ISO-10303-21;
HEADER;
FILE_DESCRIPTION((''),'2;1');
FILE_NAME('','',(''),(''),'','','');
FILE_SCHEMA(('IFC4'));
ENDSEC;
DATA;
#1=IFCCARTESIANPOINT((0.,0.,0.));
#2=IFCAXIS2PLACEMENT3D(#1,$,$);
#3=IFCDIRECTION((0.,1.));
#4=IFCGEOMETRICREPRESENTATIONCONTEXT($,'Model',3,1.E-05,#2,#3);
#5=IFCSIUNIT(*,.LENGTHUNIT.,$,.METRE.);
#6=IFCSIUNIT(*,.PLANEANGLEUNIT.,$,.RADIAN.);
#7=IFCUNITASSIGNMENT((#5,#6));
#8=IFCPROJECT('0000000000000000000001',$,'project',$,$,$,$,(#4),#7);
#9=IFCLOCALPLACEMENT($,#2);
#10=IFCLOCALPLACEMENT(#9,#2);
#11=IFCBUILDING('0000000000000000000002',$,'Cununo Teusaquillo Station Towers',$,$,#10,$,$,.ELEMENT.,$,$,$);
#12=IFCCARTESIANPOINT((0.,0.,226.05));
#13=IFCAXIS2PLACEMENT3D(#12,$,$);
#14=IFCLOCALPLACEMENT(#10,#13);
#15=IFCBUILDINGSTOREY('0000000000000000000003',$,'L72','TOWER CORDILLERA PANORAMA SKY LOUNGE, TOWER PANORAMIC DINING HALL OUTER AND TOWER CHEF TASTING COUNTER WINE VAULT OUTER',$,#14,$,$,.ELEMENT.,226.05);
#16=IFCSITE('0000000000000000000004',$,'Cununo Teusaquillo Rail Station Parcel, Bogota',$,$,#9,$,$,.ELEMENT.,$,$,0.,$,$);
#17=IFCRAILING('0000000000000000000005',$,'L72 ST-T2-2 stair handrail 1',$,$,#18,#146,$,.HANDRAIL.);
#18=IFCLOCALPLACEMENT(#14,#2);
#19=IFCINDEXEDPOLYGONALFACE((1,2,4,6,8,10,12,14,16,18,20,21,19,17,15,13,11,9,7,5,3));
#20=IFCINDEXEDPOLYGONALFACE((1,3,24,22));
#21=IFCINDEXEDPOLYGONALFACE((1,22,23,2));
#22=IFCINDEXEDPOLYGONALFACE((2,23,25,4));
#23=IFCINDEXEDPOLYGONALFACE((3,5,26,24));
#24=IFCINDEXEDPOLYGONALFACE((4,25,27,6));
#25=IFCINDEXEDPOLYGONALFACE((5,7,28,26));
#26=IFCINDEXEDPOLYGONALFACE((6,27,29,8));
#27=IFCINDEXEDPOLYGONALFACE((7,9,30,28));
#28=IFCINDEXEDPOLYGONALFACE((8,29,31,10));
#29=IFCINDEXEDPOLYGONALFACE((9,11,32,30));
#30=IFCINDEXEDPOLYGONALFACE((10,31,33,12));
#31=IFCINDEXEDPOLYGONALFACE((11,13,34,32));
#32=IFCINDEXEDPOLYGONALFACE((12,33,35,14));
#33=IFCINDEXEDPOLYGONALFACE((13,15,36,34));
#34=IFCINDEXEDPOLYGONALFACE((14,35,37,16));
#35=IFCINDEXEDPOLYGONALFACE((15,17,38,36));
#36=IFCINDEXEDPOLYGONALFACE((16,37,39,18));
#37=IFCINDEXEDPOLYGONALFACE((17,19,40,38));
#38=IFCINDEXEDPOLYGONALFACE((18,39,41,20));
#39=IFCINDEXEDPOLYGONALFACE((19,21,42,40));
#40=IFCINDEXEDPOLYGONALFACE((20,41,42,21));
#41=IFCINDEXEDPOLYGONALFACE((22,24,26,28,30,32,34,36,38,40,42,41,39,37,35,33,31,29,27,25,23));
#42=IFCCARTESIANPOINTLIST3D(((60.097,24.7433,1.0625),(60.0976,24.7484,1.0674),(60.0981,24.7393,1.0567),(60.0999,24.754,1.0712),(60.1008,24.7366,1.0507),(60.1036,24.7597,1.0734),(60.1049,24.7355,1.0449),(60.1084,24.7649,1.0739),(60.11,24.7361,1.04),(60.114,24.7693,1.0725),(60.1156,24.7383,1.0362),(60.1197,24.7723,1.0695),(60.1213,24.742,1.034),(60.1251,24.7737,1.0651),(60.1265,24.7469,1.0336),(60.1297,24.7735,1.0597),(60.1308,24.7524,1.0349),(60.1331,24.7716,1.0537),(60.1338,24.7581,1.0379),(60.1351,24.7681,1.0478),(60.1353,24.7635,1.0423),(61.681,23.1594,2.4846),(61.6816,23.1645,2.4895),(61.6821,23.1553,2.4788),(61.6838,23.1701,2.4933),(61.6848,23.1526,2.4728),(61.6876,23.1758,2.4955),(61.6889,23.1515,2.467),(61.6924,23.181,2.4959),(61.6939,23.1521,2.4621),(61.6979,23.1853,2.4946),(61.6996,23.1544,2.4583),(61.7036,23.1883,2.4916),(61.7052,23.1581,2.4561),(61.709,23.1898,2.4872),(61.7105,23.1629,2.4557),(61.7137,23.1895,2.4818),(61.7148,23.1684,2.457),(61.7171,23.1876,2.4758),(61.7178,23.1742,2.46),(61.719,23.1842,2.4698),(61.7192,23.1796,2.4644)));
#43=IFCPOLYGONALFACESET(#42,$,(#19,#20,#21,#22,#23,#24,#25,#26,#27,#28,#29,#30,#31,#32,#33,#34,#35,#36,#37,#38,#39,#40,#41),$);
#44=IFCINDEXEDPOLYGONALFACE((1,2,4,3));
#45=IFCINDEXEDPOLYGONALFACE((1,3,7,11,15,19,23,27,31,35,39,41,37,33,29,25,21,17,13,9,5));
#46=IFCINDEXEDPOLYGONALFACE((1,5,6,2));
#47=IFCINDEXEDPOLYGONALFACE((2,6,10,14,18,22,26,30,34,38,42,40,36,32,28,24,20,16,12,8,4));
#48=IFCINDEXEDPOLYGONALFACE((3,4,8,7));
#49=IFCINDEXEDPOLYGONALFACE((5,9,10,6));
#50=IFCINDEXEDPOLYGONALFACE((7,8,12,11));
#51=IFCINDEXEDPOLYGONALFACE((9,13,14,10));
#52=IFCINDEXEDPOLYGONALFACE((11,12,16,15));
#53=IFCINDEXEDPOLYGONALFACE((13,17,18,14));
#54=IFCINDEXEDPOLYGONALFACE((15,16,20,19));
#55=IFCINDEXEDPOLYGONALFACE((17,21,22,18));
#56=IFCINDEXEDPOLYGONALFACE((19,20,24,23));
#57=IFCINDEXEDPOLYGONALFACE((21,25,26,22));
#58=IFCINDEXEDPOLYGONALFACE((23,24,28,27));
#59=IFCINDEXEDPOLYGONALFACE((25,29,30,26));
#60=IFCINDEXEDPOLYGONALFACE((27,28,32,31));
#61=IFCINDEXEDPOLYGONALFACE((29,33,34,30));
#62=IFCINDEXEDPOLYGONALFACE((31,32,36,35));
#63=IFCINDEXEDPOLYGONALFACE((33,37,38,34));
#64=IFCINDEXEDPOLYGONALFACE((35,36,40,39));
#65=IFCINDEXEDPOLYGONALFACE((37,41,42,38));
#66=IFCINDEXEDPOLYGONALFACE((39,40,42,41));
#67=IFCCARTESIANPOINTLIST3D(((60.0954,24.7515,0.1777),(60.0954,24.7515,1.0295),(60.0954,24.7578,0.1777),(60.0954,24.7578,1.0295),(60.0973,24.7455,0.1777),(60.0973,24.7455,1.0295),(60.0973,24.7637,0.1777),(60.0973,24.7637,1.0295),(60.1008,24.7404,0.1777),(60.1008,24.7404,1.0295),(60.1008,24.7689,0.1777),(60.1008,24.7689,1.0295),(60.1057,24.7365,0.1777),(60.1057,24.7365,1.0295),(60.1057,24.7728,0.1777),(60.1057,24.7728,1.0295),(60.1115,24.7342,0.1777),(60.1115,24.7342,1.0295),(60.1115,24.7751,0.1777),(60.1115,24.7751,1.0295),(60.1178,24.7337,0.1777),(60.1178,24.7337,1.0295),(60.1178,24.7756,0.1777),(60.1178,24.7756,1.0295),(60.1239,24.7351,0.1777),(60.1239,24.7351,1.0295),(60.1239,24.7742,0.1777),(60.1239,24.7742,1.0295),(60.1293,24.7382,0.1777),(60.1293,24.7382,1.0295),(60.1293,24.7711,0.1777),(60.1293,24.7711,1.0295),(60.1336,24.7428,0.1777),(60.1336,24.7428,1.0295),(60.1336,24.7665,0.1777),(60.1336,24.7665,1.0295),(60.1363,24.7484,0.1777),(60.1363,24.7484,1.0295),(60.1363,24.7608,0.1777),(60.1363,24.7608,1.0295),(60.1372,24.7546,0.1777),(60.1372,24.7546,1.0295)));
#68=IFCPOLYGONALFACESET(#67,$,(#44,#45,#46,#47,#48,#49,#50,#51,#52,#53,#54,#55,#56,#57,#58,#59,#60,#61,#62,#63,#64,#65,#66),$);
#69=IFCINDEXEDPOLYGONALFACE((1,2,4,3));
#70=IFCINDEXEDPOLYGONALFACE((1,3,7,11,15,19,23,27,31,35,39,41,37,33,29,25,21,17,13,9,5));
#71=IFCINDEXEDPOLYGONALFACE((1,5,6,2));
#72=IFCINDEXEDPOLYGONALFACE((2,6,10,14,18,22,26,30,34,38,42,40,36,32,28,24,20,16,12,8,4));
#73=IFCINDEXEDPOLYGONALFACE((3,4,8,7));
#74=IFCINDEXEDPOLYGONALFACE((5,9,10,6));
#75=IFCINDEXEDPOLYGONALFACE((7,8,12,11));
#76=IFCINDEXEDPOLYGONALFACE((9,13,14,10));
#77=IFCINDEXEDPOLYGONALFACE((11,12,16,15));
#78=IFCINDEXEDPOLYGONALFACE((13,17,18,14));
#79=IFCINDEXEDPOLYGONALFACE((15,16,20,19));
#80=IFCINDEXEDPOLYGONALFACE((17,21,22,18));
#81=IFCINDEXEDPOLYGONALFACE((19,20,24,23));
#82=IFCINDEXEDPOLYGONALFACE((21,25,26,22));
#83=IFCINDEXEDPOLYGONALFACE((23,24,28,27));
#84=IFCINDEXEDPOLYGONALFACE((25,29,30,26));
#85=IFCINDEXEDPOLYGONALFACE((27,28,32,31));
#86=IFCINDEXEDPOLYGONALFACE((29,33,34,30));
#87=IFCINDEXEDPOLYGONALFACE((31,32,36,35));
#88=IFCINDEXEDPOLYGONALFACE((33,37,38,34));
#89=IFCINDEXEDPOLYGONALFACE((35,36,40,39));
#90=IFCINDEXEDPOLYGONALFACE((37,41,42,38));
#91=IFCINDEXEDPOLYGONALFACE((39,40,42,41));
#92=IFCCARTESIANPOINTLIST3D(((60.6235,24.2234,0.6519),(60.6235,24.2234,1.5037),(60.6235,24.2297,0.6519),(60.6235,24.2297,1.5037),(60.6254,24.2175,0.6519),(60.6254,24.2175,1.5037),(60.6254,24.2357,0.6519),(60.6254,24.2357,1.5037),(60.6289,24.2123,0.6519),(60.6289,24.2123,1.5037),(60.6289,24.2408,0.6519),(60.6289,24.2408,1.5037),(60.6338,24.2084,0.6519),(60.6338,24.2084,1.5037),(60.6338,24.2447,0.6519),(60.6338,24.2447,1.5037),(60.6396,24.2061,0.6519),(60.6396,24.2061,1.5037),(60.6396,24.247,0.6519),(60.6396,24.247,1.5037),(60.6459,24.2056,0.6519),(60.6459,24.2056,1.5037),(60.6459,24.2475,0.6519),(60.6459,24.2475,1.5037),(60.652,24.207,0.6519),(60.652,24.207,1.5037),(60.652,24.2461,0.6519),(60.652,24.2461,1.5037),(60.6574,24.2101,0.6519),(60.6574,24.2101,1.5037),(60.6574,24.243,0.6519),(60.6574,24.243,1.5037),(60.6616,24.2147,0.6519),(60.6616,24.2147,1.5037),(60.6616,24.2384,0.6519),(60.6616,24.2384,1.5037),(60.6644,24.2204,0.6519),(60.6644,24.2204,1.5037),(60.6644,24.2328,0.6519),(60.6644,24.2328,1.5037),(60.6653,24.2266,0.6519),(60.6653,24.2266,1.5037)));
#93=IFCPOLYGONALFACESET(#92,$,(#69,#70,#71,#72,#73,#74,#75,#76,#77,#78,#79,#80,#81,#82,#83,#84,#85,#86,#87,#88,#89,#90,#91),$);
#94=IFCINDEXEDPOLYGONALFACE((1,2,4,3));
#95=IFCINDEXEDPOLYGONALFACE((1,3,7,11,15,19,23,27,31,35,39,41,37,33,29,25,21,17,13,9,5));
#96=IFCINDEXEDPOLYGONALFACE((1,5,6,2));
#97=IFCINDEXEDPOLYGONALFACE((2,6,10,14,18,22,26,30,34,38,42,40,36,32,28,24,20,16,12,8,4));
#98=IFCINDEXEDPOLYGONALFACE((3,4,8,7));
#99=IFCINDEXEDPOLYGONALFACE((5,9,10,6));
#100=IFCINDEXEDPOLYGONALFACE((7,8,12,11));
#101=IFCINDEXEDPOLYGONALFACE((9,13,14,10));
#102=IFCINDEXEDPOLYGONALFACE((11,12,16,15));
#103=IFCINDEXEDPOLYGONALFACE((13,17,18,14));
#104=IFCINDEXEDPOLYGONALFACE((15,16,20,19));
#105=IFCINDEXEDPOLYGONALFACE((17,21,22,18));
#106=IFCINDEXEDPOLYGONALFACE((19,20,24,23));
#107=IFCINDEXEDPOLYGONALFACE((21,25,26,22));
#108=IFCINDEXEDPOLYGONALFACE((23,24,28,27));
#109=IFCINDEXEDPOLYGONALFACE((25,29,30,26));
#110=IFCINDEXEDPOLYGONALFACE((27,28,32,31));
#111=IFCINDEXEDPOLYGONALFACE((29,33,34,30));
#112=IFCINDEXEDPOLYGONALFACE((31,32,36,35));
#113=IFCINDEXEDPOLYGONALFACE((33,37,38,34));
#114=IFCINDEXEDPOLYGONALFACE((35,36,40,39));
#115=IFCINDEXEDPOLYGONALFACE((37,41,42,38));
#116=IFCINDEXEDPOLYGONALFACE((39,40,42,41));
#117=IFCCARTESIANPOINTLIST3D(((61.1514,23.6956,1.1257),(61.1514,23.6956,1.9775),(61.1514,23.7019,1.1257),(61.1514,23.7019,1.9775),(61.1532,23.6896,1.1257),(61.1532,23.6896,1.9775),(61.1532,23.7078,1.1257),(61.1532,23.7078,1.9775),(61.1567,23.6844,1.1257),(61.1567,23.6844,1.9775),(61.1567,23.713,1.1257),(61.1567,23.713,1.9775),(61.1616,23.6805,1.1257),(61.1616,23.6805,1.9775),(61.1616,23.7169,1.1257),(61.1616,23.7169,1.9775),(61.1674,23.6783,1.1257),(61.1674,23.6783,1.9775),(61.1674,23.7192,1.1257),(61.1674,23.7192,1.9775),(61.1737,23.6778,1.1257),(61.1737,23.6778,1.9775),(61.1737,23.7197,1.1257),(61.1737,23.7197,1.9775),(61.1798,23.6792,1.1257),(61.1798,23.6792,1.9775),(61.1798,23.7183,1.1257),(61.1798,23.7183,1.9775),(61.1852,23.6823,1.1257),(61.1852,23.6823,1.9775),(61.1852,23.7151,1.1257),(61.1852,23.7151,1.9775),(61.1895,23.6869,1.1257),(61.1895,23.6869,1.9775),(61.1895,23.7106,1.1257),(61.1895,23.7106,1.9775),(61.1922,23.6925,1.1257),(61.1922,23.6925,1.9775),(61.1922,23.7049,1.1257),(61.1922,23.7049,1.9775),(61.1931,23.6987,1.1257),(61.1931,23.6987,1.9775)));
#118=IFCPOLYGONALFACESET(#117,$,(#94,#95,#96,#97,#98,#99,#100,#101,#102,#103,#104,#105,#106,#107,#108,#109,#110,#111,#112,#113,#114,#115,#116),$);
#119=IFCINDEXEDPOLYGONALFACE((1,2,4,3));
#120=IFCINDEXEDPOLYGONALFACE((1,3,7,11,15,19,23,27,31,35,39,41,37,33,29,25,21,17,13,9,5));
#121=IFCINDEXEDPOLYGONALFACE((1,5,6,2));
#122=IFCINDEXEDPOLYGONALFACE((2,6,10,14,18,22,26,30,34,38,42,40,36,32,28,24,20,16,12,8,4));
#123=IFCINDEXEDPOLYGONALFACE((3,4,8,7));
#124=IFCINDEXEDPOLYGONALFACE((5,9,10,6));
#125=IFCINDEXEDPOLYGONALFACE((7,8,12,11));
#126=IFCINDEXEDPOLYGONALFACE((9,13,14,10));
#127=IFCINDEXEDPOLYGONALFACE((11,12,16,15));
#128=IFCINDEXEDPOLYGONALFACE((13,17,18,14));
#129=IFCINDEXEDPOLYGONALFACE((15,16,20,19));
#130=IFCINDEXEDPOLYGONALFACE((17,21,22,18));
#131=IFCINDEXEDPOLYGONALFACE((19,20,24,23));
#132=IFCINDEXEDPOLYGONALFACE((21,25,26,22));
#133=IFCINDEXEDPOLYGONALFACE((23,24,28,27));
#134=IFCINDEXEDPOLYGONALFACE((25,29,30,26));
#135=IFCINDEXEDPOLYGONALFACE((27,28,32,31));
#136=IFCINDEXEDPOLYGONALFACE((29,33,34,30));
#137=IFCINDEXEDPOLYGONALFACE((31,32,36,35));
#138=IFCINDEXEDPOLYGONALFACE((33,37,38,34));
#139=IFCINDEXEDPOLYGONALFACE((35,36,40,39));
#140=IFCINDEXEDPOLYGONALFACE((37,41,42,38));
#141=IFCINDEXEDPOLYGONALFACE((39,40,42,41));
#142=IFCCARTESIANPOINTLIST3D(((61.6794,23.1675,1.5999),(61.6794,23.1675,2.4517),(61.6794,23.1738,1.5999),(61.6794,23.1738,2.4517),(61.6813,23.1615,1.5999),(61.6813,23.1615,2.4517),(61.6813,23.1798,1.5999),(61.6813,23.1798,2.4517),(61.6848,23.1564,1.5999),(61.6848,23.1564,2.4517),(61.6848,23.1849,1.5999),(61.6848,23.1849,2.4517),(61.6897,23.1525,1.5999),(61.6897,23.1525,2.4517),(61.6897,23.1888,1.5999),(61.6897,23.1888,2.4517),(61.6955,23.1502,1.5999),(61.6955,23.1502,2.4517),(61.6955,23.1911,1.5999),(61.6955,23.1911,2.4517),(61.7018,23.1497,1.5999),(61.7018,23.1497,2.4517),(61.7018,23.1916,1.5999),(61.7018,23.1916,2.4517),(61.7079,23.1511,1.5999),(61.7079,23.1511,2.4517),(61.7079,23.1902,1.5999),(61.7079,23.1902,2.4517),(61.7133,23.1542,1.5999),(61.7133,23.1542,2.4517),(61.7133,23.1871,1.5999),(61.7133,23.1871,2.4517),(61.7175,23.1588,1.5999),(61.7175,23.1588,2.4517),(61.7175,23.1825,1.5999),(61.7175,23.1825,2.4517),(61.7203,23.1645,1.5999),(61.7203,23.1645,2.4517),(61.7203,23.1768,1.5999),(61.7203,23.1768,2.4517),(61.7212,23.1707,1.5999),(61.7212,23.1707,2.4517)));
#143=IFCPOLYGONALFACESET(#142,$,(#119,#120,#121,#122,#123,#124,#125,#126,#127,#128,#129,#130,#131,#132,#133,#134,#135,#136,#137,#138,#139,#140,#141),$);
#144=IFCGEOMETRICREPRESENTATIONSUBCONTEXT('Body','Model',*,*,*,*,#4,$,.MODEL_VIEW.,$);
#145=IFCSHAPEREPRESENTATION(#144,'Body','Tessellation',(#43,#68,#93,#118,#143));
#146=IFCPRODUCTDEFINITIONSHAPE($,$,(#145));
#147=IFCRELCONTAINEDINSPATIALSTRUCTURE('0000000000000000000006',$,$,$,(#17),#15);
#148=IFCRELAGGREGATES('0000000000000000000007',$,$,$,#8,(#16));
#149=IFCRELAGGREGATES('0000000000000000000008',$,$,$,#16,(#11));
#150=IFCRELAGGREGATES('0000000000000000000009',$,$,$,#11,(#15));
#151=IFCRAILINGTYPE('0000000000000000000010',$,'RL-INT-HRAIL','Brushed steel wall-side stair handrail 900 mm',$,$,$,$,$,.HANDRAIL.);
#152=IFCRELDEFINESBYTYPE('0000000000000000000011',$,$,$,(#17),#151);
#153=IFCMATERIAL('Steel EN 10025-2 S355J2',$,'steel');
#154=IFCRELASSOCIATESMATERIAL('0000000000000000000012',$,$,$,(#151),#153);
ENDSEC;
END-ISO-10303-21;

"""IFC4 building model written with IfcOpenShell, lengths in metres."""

from ifc_helpers import new_model, si_unit, direction, frame, origin, origin_2d, place, context, subcontext, project, spatial, circle, extrude, material, type_object, element, save


model = new_model("IFC4")

# Units and contexts
model_context = context("Model", 3, precision=1e-05, world=origin(), true_north=direction((0.0, 1.0)))
body_context = subcontext(model_context, "Body", "Model", "MODEL_VIEW")
ifc_project = project(units=[si_unit("LENGTHUNIT", "METRE"), si_unit("PLANEANGLEUNIT", "RADIAN")], contexts=[model_context])

# Site, building, storey
site_placement = place(None, origin())
site = spatial("IfcSite", under=ifc_project, at=site_placement, Name="Cununo Teusaquillo Rail Station Parcel, Bogota", CompositionType="ELEMENT", RefElevation=0.0)
building_placement = place(site_placement, origin())
building = spatial("IfcBuilding", under=site, at=building_placement, Name="Cununo Teusaquillo Station Towers", CompositionType="ELEMENT")
storey_placement = place(building_placement, frame((0.0, 0.0, 226.05)))
storey = spatial("IfcBuildingStorey", under=building, at=storey_placement, Name="L72", Description="TOWER CORDILLERA PANORAMA SKY LOUNGE, TOWER PANORAMIC DINING HALL OUTER AND TOWER CHEF TASTING COUNTER WINE VAULT OUTER", CompositionType="ELEMENT", Elevation=226.05)

# Railing
ifc_material_1 = material(Name="Steel EN 10025-2 S355J2", Category="steel")
railing_type_1 = type_object("IfcRailingType", Name="RL-INT-HRAIL", Description="Brushed steel wall-side stair handrail 900 mm", PredefinedType="HANDRAIL", material=ifc_material_1)
railing_1_placement = place(storey_placement, frame((60.1162, 24.7546, 0.1777)))
element("IfcRailing", 1, at=railing_1_placement, inside=storey, type_object=railing_type_1, Name="L72 ST-T2-2 stair handrail 1", PredefinedType="HANDRAIL", context=body_context, shape_type="SweptSolid", body=[
    extrude(circle(Radius=0.0239, at=origin_2d()), frame((0.0, 0.0, 0.876), z_axis=(0.596968, -0.596968, 0.535965), x_axis=(0.707107, 0.707107, 0.0)), (0.0, 0.0, 1.0), 2.6533),
    extrude(circle(Radius=0.021, at=origin_2d()), origin(), (0.0, 0.0, 1.0), 0.8518),
    extrude(circle(Radius=0.021, at=origin_2d()), frame((0.5281, -0.5281, 0.4741)), (0.0, 0.0, 1.0), 0.8518),
    extrude(circle(Radius=0.021, at=origin_2d()), frame((1.0559, -1.0559, 0.948)), (0.0, 0.0, 1.0), 0.8518),
    extrude(circle(Radius=0.021, at=origin_2d()), frame((1.584, -1.584, 1.4221)), (0.0, 0.0, 1.0), 0.8518),
])

save(model, "model.ifc")
